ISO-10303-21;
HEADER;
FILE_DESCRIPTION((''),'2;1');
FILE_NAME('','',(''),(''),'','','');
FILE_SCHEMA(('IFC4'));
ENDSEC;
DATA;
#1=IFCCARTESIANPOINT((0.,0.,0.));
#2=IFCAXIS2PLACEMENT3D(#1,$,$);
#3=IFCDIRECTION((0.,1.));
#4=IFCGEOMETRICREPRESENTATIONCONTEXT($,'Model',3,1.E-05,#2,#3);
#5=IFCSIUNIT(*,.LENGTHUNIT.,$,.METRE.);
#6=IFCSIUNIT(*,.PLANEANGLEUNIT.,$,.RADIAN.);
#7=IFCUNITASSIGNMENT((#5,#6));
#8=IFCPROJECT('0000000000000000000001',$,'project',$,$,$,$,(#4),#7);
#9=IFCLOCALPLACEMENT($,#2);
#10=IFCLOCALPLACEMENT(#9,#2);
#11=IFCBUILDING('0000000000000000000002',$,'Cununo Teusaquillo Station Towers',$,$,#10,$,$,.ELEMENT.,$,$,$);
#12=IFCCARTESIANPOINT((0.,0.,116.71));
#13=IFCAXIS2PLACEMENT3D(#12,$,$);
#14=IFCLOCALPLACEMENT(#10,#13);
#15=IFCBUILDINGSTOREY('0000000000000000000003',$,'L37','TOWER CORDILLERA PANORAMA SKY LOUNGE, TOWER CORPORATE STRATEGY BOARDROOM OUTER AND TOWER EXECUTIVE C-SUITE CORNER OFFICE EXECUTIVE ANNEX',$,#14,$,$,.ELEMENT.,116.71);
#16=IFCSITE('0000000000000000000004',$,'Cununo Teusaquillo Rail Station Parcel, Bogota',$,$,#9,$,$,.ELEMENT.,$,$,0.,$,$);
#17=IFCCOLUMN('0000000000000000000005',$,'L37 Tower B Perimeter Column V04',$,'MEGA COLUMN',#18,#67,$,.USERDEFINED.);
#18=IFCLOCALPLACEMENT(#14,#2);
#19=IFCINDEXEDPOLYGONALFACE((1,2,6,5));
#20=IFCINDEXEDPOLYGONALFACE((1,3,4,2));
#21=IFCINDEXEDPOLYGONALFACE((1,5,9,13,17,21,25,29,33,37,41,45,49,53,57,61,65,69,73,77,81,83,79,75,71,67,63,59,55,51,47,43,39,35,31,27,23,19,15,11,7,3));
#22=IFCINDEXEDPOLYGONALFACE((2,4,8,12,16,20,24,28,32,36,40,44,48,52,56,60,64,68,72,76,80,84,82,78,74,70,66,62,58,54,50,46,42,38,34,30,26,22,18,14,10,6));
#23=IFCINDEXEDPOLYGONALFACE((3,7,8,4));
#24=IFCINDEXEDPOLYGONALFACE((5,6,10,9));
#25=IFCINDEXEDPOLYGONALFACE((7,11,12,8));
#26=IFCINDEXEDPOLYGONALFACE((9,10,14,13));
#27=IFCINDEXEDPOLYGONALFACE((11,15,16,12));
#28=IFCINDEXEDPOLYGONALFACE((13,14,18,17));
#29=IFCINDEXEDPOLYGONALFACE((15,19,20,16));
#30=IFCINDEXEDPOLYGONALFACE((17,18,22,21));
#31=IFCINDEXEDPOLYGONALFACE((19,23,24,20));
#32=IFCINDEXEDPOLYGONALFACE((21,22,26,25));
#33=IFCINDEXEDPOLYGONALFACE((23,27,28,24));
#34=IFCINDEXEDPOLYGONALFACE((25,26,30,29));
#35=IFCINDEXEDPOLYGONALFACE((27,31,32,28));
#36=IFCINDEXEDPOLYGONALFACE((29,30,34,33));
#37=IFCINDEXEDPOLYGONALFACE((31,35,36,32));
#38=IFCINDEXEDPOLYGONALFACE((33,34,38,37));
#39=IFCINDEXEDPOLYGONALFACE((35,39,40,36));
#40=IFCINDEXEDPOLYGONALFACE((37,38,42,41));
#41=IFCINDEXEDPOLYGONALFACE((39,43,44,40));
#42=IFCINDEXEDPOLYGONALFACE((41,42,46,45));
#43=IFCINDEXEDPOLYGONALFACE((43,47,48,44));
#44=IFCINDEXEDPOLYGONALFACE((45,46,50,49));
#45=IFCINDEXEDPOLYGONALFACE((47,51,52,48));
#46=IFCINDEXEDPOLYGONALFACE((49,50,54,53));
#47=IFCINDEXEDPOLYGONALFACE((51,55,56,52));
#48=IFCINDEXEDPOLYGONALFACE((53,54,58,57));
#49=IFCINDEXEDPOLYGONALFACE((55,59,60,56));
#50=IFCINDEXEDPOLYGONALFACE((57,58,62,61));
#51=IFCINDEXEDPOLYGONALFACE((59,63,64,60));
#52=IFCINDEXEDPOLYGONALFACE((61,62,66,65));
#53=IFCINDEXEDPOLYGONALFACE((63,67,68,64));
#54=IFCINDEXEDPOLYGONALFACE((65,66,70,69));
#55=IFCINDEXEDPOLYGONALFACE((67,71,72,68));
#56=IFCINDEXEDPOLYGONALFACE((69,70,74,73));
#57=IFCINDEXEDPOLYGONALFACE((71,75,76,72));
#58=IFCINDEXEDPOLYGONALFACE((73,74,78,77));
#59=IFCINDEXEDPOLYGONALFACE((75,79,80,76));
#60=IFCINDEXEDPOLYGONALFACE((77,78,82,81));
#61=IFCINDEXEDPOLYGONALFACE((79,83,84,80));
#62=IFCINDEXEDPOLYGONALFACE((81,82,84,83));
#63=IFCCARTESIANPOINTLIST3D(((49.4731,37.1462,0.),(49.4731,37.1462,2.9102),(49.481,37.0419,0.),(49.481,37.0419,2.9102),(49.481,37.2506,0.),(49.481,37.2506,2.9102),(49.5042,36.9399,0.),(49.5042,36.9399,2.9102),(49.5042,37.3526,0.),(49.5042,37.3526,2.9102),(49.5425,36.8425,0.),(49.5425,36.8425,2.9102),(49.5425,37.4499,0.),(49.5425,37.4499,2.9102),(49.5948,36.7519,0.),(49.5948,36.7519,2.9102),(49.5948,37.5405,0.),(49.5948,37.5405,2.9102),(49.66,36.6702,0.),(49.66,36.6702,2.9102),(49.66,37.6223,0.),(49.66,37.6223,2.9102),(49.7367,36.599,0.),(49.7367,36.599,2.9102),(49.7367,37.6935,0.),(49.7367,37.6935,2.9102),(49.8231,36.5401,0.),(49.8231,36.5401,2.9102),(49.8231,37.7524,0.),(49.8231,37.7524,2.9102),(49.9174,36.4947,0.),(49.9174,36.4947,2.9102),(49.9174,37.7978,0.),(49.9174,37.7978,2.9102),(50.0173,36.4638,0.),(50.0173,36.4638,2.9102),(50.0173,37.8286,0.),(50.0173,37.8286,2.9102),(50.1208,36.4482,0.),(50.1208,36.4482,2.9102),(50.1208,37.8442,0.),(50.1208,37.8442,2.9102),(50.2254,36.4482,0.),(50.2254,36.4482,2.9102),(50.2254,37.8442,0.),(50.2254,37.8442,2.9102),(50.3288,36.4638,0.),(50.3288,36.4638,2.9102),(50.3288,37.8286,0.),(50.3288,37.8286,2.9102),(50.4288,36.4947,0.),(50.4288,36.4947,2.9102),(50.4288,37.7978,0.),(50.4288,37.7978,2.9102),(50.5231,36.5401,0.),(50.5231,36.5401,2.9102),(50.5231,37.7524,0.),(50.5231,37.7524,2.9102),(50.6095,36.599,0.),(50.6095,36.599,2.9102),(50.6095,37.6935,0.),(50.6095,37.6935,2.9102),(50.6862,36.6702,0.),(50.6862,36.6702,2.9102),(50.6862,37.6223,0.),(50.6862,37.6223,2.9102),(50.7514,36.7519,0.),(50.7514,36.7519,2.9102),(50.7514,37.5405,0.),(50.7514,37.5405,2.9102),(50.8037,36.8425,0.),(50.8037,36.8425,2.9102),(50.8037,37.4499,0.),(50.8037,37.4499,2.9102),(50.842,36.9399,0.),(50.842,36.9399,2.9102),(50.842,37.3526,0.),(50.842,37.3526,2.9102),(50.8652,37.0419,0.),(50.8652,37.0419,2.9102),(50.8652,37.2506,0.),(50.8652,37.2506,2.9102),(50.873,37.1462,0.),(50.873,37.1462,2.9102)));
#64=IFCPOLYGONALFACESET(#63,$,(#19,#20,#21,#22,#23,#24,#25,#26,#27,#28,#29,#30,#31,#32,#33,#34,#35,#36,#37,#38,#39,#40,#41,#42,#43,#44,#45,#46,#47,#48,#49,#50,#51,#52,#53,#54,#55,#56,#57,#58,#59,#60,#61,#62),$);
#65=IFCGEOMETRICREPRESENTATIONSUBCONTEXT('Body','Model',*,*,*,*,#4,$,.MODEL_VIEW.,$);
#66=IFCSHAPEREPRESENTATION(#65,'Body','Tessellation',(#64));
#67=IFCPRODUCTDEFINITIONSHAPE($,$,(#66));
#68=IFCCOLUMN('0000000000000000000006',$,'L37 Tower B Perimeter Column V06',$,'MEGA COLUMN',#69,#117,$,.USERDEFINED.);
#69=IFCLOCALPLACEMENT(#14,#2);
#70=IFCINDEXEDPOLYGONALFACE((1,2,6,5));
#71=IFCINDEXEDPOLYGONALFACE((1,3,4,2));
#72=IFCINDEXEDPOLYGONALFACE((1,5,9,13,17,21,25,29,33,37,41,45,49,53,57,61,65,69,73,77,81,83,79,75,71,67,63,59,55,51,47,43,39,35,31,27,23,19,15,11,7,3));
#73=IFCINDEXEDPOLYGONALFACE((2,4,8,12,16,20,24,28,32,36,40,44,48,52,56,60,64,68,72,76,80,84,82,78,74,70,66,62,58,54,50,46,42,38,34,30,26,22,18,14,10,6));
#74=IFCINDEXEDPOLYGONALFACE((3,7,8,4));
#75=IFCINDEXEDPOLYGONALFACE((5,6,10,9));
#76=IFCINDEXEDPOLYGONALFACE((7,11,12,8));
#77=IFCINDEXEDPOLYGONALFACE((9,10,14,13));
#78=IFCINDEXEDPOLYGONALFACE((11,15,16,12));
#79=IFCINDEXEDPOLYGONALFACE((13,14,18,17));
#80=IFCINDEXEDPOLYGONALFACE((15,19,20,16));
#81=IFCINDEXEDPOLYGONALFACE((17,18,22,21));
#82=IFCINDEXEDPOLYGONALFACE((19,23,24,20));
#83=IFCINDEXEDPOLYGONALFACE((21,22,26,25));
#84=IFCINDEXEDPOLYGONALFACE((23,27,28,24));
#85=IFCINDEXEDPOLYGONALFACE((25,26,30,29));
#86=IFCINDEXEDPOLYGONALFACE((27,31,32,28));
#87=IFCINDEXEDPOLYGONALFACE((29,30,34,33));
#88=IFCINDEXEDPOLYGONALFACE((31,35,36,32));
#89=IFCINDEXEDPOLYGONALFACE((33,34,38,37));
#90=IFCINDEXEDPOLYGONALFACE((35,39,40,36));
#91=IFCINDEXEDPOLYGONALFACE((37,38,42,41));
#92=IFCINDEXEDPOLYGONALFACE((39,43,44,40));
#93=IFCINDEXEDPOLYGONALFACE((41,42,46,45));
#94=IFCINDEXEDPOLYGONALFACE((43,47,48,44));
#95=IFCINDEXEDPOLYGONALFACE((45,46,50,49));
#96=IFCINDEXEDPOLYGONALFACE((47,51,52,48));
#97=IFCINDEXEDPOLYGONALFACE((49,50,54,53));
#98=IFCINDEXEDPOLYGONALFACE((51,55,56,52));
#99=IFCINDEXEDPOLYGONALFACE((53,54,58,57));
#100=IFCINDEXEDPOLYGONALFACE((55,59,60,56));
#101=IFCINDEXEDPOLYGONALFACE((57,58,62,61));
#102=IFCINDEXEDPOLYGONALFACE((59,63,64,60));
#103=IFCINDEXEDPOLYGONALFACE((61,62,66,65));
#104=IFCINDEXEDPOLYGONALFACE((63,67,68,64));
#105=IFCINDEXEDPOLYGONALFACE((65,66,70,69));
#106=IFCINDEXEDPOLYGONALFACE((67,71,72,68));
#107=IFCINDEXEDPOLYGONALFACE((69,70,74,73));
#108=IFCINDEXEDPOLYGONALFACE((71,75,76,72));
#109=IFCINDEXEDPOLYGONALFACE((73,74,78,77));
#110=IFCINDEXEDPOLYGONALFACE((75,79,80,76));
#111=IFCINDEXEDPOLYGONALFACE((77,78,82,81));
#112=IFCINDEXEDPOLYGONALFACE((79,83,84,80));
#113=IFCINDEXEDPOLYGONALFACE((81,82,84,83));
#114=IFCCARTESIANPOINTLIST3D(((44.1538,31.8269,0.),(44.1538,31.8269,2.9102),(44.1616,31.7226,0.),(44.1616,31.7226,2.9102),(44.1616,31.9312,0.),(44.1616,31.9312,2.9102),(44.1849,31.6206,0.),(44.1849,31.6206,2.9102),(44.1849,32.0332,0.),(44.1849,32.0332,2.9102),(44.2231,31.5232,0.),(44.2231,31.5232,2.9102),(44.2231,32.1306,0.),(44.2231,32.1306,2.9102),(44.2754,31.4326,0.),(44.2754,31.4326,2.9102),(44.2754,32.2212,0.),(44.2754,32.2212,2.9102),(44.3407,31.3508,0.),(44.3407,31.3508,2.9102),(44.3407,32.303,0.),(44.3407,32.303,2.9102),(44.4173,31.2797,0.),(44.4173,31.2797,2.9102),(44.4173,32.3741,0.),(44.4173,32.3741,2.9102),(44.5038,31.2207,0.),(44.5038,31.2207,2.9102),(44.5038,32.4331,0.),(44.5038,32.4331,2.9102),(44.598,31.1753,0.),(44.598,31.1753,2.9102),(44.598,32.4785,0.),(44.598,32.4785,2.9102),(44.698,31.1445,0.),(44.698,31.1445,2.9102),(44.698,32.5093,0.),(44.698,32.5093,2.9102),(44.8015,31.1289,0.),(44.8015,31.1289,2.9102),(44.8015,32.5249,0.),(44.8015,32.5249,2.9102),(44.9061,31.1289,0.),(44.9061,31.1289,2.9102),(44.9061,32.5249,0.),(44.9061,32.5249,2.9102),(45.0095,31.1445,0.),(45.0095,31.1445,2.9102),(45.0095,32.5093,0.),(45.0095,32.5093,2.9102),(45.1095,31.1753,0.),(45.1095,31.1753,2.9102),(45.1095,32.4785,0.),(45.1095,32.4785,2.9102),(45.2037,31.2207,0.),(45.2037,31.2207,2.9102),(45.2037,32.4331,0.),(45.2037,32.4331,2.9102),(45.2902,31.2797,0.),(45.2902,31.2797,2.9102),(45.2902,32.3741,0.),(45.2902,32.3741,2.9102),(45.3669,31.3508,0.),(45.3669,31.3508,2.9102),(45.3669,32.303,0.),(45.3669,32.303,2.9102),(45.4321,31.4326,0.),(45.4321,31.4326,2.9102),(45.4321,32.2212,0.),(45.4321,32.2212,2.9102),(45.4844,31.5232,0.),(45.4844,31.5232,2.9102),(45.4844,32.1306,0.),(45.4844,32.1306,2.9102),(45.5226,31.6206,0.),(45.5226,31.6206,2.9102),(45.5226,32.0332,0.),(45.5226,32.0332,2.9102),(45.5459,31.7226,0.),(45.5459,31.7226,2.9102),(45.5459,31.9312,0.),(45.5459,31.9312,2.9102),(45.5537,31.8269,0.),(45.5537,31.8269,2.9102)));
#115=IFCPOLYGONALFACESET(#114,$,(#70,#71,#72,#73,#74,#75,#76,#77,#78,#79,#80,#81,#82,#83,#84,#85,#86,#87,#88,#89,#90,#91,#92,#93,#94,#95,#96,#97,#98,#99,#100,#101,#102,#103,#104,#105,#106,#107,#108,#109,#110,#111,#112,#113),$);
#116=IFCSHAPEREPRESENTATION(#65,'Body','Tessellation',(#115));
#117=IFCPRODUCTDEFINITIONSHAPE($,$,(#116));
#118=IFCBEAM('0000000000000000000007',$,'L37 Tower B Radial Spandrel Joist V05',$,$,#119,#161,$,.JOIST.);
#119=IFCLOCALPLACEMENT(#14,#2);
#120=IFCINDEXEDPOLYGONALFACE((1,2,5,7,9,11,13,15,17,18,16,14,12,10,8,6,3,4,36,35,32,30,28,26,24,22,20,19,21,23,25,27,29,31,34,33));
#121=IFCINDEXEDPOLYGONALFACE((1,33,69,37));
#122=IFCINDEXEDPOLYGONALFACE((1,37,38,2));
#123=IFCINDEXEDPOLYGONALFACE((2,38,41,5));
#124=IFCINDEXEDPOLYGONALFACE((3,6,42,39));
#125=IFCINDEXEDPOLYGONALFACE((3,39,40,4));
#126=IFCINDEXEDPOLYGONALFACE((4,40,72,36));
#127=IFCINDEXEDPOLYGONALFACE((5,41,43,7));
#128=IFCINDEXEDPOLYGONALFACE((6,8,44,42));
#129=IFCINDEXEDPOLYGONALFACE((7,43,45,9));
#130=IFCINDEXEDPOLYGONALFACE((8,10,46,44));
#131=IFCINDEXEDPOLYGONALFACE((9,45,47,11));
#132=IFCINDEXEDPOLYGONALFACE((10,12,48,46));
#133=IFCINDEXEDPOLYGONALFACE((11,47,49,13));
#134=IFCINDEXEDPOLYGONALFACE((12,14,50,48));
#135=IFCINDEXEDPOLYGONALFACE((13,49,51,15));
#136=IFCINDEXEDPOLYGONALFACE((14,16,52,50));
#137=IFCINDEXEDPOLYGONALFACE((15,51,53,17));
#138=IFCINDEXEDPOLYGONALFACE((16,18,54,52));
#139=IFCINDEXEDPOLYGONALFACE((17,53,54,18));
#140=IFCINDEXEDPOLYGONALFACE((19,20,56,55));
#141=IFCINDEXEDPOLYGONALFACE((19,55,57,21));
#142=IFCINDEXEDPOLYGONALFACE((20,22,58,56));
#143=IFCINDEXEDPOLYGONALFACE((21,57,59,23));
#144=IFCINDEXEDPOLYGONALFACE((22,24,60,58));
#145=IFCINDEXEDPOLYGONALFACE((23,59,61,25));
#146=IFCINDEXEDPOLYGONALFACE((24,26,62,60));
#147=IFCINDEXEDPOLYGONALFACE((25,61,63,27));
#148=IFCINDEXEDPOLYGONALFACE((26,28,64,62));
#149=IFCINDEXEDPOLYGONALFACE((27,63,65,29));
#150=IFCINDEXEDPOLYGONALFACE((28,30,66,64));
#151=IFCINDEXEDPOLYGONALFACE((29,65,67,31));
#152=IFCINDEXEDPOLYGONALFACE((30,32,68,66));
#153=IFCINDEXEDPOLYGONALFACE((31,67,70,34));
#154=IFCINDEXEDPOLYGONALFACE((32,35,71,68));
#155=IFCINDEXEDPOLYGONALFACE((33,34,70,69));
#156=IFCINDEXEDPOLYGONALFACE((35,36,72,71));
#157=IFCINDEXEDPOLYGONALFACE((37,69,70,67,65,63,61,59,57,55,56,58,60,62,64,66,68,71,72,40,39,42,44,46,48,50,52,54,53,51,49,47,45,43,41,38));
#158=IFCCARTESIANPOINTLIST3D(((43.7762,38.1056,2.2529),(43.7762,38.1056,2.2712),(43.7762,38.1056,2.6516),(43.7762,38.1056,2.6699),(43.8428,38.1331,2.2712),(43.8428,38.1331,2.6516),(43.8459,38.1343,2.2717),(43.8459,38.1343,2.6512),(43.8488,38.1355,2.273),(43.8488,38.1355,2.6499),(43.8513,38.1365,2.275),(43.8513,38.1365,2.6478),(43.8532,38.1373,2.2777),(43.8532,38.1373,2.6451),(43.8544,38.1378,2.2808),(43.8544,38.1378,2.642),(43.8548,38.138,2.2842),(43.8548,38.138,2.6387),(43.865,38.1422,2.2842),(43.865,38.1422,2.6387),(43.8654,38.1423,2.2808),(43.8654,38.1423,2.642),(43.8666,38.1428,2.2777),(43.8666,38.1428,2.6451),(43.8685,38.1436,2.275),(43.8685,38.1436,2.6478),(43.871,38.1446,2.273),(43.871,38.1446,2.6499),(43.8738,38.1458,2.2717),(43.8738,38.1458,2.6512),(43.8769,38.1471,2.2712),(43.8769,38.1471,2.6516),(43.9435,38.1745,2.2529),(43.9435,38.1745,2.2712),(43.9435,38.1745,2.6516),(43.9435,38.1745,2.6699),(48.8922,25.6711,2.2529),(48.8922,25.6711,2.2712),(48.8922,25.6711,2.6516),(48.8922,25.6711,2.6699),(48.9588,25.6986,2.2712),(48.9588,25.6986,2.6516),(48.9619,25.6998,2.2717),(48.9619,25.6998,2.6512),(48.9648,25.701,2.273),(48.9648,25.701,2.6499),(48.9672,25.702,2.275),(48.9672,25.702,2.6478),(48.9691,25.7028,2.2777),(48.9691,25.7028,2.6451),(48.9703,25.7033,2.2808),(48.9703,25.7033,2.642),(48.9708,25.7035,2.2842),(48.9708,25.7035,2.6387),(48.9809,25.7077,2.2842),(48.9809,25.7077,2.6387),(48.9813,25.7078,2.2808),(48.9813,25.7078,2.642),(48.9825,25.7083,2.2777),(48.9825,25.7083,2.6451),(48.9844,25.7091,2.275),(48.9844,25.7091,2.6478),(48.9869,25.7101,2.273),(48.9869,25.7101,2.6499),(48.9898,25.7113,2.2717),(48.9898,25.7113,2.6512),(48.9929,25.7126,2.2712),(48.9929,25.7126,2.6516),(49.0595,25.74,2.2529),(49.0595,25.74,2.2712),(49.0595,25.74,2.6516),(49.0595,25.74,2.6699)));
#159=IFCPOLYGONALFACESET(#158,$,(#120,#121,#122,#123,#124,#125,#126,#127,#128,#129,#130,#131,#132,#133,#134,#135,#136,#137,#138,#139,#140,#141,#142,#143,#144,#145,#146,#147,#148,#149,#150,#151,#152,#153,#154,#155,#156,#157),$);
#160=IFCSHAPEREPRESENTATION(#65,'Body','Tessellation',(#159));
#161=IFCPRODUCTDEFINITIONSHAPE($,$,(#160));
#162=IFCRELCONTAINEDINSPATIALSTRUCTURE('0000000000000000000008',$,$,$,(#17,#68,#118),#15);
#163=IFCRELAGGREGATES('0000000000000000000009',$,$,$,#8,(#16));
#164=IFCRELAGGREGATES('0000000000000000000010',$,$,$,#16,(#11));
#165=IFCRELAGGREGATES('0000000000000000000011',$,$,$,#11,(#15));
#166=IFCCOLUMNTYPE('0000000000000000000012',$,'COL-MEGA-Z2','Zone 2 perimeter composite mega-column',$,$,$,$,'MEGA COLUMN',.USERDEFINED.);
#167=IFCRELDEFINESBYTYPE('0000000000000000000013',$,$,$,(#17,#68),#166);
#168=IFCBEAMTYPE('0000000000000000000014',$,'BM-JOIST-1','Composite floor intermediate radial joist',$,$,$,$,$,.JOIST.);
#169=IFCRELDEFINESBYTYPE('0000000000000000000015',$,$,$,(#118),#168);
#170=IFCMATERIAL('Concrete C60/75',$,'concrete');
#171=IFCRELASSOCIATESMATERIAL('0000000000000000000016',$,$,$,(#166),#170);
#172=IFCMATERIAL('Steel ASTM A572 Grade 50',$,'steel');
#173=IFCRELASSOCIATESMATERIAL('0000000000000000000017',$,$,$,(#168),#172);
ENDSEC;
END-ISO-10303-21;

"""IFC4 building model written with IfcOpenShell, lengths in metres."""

from ifc_helpers import new_model, si_unit, direction, frame, origin, origin_2d, place, context, subcontext, project, spatial, circle, i_section, extrude, material, material_profile, profile_set, type_object, element, save


model = new_model("IFC4")

# Units and contexts
model_context = context("Model", 3, precision=1e-05, world=origin(), true_north=direction((0.0, 1.0)))
body_context = subcontext(model_context, "Body", "Model", "MODEL_VIEW")
ifc_project = project(units=[si_unit("LENGTHUNIT", "METRE"), si_unit("PLANEANGLEUNIT", "RADIAN")], contexts=[model_context])

# Site, building, storey
site_placement = place(None, origin())
site = spatial("IfcSite", under=ifc_project, at=site_placement, Name="Cununo Teusaquillo Rail Station Parcel, Bogota", CompositionType="ELEMENT", RefElevation=0.0)
building_placement = place(site_placement, origin())
building = spatial("IfcBuilding", under=site, at=building_placement, Name="Cununo Teusaquillo Station Towers", CompositionType="ELEMENT")
storey_placement = place(building_placement, frame((0.0, 0.0, 116.71)))
storey = spatial("IfcBuildingStorey", under=building, at=storey_placement, Name="L37", Description="TOWER CORDILLERA PANORAMA SKY LOUNGE, TOWER CORPORATE STRATEGY BOARDROOM OUTER AND TOWER EXECUTIVE C-SUITE CORNER OFFICE EXECUTIVE ANNEX", CompositionType="ELEMENT", Elevation=116.71)

# Columns
ifc_material_1 = material(Name="Concrete C60/75", Category="concrete")
ifc_material_profile_1 = material_profile(ifc_material_1, circle(Radius=0.7, at=origin_2d()), Name="RC-CIRC-1400")
ifc_profile_set_1 = profile_set([ifc_material_profile_1], Name="Concrete C60/75")
column_type = type_object("IfcColumnType", Name="COL-MEGA-Z2", Description="Zone 2 perimeter composite mega-column", ElementType="MEGA COLUMN", PredefinedType="USERDEFINED", material=ifc_profile_set_1)
for number, where, z_axis, x_axis, name in (
    (1, (50.1731, 37.1462, 0.0), (0.0, 0.0, 1.0), (1.0, 0.0, 0.0), "L37 Tower B Perimeter Column V04"),
    (2, (44.8538, 31.8269, 0.0), (0.0, 0.0, 1.0), (1.0, 0.0, 0.0), "L37 Tower B Perimeter Column V06"),
):
    element("IfcColumn", number, at=place(storey_placement, frame(where, z_axis=z_axis, x_axis=x_axis)), inside=storey, type_object=column_type, Name=name, ObjectType="MEGA COLUMN", PredefinedType="USERDEFINED", context=body_context, shape_type="SweptSolid", body=[
        extrude(circle(Radius=0.7, at=origin_2d()), origin(), (0.0, 0.0, 1.0), 2.9102),
    ])

# Beam
ifc_material_2 = material(Name="Steel ASTM A572 Grade 50", Category="steel")
ifc_material_profile_2 = material_profile(ifc_material_2, i_section(OverallWidth=0.1809, OverallDepth=0.417, WebThickness=0.011, FlangeThickness=0.0183, FilletRadius=0.0129, at=origin_2d()), Name="W16X57")
ifc_profile_set_2 = profile_set([ifc_material_profile_2], Name="Steel ASTM A572 Grade 50")
beam_type_1 = type_object("IfcBeamType", Name="BM-JOIST-1", Description="Composite floor intermediate radial joist", PredefinedType="JOIST", material=ifc_profile_set_2)
beam_1_placement = place(storey_placement, frame((48.9758, 25.7056, 2.4614), z_axis=(-0.380486, 0.924787, 0.0), x_axis=(-0.924787, -0.380486, 0.0)))
element("IfcBeam", 3, at=beam_1_placement, inside=storey, type_object=beam_type_1, Name="L37 Tower B Radial Spandrel Joist V05", PredefinedType="JOIST", context=body_context, shape_type="SweptSolid", body=[
    extrude(i_section(OverallWidth=0.1809, OverallDepth=0.417, WebThickness=0.011, FlangeThickness=0.0183, FilletRadius=0.0129, at=origin_2d()), origin(), (0.0, 0.0, 1.0), 13.4458),
])

save(model, "model.ifc")
